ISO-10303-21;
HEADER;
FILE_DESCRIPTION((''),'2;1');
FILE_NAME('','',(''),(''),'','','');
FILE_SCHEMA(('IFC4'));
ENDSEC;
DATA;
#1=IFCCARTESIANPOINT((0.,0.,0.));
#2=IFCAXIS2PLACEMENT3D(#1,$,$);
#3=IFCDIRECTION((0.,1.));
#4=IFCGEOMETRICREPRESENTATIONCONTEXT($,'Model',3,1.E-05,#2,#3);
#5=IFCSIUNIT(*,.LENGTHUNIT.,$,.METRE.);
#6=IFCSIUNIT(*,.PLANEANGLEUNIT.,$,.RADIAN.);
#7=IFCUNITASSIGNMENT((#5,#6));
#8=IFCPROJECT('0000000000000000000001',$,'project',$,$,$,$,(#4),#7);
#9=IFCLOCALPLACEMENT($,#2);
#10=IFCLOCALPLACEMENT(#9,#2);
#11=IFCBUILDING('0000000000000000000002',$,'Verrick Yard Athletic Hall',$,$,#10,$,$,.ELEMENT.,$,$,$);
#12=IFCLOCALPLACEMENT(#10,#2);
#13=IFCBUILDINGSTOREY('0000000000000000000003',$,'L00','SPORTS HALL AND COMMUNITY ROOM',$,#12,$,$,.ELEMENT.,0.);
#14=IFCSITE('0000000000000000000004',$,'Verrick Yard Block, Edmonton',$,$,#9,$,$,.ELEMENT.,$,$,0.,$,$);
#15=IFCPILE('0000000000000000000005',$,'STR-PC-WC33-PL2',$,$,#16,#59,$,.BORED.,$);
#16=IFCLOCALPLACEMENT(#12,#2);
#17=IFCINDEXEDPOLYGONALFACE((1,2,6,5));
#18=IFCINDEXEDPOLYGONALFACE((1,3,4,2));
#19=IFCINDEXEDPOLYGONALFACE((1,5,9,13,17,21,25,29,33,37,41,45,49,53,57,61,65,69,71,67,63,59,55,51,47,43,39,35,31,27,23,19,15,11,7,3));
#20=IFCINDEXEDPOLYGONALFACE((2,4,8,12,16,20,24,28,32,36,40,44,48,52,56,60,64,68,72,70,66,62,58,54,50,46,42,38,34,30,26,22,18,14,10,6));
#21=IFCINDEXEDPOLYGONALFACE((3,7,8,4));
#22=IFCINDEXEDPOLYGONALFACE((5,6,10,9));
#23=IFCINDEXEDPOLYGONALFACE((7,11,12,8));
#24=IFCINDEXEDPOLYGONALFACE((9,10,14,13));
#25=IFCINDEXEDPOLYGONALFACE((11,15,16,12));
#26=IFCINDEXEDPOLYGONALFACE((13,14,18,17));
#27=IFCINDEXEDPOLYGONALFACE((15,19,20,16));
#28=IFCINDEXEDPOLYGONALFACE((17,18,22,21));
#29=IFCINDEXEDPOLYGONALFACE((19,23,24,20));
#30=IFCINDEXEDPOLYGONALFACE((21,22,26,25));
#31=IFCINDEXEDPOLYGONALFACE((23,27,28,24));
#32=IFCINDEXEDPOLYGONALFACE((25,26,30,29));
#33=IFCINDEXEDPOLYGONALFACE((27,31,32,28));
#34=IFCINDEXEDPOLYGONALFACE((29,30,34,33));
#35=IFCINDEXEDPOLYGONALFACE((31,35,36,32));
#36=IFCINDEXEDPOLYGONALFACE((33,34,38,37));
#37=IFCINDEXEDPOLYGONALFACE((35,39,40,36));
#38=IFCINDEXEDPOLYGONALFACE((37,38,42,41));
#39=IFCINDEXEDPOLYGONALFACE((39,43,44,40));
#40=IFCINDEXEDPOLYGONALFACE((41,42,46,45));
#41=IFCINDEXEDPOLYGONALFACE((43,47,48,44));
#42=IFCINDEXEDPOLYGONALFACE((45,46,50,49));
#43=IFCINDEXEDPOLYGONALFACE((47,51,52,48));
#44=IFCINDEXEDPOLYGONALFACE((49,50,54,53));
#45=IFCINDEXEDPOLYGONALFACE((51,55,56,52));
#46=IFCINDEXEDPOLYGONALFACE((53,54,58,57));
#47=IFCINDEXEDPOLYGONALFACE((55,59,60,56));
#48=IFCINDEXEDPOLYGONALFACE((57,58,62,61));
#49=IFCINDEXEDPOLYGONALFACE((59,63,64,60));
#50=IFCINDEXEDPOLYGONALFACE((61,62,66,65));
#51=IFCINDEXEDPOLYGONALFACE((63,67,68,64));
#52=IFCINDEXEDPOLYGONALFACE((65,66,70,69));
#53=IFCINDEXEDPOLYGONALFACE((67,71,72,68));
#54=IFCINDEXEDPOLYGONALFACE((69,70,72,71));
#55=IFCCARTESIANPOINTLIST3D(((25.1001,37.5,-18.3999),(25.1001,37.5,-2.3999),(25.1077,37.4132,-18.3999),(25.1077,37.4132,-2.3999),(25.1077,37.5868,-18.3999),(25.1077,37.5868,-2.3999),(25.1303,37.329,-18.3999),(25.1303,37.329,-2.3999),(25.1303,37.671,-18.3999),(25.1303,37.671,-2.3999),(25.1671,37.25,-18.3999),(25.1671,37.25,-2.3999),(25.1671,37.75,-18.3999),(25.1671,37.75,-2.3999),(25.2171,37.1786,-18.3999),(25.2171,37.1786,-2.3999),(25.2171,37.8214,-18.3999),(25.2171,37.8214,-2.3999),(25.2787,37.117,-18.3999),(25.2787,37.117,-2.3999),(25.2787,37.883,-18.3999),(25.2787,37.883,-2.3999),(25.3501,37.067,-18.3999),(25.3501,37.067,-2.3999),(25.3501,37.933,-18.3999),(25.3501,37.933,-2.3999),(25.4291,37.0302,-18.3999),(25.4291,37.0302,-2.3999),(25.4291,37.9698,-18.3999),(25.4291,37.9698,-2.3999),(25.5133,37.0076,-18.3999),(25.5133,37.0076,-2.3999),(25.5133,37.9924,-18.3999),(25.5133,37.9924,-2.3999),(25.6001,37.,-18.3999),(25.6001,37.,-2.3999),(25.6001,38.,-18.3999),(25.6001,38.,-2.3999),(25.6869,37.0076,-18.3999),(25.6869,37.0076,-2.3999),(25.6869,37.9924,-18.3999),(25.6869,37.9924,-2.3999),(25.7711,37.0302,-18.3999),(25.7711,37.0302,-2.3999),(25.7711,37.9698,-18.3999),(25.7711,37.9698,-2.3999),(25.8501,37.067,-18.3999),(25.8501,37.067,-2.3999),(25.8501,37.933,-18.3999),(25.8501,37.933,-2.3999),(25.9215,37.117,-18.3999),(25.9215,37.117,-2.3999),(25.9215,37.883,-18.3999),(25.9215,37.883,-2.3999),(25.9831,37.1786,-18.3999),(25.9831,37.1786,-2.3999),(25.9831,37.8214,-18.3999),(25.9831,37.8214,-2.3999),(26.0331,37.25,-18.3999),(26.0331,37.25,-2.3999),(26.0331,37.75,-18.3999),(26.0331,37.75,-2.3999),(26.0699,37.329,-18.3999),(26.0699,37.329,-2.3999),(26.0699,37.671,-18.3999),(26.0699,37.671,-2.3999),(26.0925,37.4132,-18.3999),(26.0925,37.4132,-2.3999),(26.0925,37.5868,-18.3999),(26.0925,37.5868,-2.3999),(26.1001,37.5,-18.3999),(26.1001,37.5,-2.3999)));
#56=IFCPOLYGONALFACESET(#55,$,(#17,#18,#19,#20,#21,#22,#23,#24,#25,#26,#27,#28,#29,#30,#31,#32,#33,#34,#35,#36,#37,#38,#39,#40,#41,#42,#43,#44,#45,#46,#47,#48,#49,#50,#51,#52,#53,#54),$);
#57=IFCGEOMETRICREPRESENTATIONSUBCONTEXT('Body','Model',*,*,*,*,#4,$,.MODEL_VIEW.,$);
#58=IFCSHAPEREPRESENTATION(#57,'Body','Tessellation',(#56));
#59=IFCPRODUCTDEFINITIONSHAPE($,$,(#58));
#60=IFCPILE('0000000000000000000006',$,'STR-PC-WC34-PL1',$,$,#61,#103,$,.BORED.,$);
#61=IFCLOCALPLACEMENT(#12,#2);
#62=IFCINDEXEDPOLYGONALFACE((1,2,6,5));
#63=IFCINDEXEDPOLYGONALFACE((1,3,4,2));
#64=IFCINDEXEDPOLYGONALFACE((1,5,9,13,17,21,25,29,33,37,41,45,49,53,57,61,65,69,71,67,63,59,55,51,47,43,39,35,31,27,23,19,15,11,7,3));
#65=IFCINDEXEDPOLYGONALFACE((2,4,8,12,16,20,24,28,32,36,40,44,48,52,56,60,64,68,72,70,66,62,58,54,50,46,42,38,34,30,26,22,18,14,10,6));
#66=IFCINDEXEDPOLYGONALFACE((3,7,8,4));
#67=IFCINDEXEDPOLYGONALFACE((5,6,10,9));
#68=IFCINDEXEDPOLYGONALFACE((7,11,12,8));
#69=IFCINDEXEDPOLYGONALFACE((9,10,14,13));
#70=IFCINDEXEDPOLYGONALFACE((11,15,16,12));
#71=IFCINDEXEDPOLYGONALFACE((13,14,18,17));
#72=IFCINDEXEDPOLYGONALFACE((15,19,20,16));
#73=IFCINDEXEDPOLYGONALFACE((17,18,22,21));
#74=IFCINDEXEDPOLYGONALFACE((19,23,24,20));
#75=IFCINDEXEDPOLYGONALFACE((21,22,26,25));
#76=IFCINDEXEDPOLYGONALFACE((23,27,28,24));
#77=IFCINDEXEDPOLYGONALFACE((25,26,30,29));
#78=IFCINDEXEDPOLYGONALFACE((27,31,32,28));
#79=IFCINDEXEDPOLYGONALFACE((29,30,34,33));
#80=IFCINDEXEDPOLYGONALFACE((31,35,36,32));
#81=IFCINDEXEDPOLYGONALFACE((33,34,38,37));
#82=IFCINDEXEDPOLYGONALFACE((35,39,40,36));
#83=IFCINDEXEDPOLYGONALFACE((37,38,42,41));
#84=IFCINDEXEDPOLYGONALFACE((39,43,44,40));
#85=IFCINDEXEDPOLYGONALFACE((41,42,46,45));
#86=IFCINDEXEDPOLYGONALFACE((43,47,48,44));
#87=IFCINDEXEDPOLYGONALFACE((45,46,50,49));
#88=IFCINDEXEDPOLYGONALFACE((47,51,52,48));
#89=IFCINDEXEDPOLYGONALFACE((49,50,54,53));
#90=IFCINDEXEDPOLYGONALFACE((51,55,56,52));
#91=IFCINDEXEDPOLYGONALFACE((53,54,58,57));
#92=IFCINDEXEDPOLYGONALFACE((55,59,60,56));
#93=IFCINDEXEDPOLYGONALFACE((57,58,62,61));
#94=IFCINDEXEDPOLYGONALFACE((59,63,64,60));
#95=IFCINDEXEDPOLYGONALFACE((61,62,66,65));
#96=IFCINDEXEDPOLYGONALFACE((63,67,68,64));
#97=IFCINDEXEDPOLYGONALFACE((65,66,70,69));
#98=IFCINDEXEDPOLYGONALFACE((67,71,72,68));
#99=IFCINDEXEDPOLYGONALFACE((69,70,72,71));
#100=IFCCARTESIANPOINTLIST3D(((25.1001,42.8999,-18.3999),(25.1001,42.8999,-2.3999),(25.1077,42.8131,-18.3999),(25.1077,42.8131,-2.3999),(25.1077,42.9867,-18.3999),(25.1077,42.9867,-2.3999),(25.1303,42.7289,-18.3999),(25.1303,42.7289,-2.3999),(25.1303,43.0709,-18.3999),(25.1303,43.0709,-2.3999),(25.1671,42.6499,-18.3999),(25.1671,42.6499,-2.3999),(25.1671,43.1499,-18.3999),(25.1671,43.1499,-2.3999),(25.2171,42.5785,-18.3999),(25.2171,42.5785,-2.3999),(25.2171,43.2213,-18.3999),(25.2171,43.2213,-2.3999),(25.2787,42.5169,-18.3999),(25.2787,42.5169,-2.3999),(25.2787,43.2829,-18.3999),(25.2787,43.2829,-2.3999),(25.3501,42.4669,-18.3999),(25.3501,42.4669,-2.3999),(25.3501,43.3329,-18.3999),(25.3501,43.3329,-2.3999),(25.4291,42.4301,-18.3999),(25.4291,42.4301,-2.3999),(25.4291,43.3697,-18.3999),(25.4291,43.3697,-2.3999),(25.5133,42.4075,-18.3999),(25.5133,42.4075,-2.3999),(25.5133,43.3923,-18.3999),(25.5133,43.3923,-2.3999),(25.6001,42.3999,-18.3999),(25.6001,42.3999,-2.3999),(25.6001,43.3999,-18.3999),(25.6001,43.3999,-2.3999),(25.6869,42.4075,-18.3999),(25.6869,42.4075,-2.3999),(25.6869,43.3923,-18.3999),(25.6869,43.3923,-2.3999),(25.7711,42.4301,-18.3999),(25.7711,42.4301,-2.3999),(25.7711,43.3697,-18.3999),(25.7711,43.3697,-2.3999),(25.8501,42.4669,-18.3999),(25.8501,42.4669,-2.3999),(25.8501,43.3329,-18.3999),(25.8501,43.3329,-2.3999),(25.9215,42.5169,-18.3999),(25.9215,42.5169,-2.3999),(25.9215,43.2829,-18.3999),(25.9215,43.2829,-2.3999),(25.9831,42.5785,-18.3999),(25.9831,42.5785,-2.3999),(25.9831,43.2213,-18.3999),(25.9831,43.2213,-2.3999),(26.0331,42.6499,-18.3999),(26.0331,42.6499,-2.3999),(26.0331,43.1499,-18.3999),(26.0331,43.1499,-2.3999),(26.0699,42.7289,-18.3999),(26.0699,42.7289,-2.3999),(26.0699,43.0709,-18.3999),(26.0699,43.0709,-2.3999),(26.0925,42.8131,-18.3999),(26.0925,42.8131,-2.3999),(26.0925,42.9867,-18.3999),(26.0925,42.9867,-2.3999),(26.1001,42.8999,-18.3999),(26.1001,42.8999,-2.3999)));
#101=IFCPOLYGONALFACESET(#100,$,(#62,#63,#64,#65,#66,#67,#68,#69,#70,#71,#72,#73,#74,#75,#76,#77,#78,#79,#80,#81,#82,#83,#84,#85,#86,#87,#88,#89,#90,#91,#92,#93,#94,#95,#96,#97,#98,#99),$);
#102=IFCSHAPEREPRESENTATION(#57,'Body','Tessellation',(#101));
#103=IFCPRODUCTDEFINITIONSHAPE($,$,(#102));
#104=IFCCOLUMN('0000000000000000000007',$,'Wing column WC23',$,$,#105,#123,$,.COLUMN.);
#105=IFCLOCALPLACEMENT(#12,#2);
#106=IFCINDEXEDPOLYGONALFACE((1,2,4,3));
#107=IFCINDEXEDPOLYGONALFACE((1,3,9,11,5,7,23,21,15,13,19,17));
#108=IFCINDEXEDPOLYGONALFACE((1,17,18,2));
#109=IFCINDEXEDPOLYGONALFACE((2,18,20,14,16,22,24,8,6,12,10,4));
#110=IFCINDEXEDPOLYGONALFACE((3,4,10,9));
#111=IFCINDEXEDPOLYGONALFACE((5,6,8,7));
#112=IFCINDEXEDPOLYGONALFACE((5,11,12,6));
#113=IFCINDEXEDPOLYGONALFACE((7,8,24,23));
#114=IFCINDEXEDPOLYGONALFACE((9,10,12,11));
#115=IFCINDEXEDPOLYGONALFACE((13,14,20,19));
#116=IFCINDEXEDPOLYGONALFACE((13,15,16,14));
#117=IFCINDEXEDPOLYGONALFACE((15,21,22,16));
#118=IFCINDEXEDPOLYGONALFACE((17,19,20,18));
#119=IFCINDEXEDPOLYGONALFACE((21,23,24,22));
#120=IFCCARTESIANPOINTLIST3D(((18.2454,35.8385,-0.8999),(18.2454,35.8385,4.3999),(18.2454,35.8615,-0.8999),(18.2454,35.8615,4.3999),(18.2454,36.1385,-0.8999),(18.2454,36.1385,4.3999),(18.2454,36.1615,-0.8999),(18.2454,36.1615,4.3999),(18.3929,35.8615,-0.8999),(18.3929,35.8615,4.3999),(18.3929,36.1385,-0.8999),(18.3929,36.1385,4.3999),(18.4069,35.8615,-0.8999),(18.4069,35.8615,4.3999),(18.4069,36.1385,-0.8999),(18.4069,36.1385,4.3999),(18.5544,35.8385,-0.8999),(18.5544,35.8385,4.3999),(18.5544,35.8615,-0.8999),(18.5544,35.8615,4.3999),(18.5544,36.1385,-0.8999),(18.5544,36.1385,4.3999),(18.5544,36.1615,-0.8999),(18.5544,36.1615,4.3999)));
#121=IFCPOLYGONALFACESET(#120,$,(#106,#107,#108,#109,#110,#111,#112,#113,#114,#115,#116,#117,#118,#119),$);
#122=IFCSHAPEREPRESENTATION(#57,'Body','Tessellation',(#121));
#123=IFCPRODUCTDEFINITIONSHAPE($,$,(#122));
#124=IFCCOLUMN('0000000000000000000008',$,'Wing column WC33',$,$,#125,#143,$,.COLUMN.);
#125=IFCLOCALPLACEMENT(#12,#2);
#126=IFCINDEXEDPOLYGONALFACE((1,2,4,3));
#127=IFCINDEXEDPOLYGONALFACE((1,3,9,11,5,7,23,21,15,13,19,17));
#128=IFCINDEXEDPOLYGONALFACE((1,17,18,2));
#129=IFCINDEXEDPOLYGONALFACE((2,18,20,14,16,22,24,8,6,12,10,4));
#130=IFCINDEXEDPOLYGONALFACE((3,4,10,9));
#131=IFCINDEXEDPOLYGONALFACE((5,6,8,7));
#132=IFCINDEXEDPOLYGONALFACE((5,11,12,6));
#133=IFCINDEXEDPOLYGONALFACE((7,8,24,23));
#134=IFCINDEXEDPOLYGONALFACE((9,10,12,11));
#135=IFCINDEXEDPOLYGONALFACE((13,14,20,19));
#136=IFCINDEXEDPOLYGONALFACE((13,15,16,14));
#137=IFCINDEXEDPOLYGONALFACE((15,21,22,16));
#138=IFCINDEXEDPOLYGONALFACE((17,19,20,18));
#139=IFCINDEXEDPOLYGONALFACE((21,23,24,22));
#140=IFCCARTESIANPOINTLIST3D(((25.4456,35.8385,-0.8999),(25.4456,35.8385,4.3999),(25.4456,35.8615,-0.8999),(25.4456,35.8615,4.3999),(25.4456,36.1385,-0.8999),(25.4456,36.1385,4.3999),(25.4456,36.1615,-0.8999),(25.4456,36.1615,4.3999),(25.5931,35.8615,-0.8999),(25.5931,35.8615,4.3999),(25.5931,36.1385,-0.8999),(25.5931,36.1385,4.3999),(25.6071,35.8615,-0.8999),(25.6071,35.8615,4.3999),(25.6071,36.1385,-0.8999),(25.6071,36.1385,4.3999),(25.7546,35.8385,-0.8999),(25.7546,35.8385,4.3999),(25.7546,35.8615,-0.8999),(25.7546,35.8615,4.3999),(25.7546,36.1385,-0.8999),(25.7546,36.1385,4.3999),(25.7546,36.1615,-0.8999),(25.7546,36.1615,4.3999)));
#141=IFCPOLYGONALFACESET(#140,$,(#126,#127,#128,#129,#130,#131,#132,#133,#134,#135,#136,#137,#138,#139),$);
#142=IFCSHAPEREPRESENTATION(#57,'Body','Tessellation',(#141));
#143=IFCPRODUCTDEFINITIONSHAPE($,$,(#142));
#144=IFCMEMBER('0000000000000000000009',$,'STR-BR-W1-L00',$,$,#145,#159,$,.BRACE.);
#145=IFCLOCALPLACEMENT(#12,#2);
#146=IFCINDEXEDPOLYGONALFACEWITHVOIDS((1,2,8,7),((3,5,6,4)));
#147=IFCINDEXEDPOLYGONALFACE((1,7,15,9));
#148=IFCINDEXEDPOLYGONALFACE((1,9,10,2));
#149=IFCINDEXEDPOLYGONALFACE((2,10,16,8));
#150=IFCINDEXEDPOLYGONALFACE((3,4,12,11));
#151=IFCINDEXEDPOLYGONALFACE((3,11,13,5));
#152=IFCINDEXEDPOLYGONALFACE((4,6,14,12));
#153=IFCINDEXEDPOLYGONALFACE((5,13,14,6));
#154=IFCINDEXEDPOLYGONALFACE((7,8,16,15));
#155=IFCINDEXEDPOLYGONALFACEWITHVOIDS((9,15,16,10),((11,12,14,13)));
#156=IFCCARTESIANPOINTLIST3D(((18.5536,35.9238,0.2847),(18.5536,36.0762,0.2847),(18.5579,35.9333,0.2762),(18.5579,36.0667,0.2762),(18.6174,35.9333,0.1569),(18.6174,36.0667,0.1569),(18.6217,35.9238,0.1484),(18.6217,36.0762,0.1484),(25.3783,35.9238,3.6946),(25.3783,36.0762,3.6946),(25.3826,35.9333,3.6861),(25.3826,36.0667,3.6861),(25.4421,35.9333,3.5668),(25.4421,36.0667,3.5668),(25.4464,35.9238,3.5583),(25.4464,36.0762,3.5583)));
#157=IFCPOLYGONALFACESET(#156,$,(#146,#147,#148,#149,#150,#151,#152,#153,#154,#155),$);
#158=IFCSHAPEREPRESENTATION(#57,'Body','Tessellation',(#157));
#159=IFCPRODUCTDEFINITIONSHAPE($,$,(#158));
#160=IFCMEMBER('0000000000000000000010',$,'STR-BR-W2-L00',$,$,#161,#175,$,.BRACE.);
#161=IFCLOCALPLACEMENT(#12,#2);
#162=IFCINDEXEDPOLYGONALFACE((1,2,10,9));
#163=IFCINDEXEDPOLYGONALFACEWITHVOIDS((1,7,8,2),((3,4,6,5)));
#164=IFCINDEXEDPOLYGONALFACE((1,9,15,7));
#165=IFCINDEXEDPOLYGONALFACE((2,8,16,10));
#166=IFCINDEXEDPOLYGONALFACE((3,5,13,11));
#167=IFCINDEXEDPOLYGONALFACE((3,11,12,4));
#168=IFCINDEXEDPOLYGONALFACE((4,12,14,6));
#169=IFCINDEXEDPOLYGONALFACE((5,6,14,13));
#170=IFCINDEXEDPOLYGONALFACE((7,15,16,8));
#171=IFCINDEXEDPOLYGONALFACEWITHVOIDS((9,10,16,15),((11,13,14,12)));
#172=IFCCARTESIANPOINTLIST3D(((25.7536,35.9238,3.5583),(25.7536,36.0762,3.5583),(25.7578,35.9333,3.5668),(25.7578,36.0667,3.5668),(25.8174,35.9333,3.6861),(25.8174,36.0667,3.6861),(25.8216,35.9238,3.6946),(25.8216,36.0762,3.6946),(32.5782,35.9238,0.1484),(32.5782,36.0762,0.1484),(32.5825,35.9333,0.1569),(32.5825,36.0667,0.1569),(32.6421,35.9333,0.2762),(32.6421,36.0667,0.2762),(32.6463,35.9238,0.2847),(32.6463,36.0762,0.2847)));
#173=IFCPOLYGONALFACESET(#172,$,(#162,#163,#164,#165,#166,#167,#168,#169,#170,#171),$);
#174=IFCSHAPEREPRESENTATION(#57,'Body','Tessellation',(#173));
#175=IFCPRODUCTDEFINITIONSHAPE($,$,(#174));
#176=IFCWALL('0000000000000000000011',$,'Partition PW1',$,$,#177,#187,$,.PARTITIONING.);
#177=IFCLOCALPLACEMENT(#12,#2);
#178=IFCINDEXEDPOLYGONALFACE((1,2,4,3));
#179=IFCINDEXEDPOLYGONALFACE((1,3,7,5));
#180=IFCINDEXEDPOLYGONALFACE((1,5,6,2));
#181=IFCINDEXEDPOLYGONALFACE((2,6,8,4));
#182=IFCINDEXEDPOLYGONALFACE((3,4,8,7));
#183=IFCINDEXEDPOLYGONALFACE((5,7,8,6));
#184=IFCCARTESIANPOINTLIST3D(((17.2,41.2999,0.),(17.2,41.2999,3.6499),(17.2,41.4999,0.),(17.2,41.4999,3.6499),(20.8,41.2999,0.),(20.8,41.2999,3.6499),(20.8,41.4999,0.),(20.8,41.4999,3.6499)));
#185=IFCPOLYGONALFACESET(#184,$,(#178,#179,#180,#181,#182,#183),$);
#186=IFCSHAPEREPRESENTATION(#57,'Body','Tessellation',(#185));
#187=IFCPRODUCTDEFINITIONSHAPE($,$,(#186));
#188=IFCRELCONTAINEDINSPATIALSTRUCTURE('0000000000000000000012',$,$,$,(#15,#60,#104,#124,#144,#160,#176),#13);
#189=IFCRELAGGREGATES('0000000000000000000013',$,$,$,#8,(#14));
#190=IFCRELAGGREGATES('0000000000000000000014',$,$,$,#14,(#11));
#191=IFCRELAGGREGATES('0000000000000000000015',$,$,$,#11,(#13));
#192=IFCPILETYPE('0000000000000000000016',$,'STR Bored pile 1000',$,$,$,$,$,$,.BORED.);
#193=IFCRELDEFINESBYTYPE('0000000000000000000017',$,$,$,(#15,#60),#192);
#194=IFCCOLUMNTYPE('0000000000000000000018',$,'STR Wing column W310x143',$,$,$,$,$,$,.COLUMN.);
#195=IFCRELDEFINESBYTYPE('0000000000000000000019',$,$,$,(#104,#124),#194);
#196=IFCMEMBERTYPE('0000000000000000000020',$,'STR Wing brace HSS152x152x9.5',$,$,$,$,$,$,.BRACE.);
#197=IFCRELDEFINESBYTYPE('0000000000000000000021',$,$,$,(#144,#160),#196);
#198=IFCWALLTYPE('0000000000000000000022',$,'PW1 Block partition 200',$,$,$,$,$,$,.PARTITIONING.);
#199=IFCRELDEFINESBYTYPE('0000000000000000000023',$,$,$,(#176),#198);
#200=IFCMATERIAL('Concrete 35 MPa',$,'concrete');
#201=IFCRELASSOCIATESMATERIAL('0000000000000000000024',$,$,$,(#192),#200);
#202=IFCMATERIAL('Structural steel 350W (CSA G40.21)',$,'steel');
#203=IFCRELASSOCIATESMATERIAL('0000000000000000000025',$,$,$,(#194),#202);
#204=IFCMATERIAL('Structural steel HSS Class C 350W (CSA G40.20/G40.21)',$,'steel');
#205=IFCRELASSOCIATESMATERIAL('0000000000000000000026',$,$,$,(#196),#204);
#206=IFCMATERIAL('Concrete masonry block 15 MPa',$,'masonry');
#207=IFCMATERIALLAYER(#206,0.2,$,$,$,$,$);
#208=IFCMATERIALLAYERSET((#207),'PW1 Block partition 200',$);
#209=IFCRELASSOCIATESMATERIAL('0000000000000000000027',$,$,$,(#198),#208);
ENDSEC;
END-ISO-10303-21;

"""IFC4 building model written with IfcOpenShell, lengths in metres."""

from ifc_helpers import new_model, si_unit, direction, frame, frame_2d, origin, origin_2d, place, context, subcontext, project, spatial, rectangle, hollow_rectangle, circle, i_section, extrude, material, layer, layer_set, material_profile, profile_set, type_object, element, save


model = new_model("IFC4")

# Units and contexts
model_context = context("Model", 3, precision=1e-05, world=origin(), true_north=direction((0.0, 1.0)))
body_context = subcontext(model_context, "Body", "Model", "MODEL_VIEW")
ifc_project = project(units=[si_unit("LENGTHUNIT", "METRE"), si_unit("PLANEANGLEUNIT", "RADIAN")], contexts=[model_context])

# Site, building, storey
site_placement = place(None, origin())
site = spatial("IfcSite", under=ifc_project, at=site_placement, Name="Verrick Yard Block, Edmonton", CompositionType="ELEMENT", RefElevation=0.0)
building_placement = place(site_placement, origin())
building = spatial("IfcBuilding", under=site, at=building_placement, Name="Verrick Yard Athletic Hall", CompositionType="ELEMENT")
storey_placement = place(building_placement, origin())
storey = spatial("IfcBuildingStorey", under=building, at=storey_placement, Name="L00", Description="SPORTS HALL AND COMMUNITY ROOM", CompositionType="ELEMENT", Elevation=0.0)

# Piles
ifc_material_1 = material(Name="Concrete 35 MPa", Category="concrete")
pile_type = type_object("IfcPileType", Name="STR Bored pile 1000", PredefinedType="BORED", material=ifc_material_1)
for number, where, z_axis, x_axis, name in (
    (1, (25.6001, 37.5, -2.3999), (0.0, 0.0, -1.0), (1.0, 0.0, 0.0), "STR-PC-WC33-PL2"),
    (2, (25.6001, 42.8999, -2.3999), (0.0, 0.0, -1.0), (1.0, 0.0, 0.0), "STR-PC-WC34-PL1"),
):
    element("IfcPile", number, at=place(storey_placement, frame(where, z_axis=z_axis, x_axis=x_axis)), inside=storey, type_object=pile_type, Name=name, PredefinedType="BORED", context=body_context, shape_type="SweptSolid", body=[
        extrude(circle(Radius=0.5, at=origin_2d()), origin(), (0.0, 0.0, 1.0), 16.0),
    ])

# Columns
ifc_material_2 = material(Name="Structural steel 350W (CSA G40.21)", Category="steel")
ifc_material_profile_1 = material_profile(ifc_material_2, i_section(OverallWidth=0.3091, OverallDepth=0.323, WebThickness=0.0139, FlangeThickness=0.0229, at=origin_2d()), Name="W310x143")
ifc_profile_set_1 = profile_set([ifc_material_profile_1], Name="Structural steel 350W (CSA G40.21)")
column_type = type_object("IfcColumnType", Name="STR Wing column W310x143", PredefinedType="COLUMN", material=ifc_profile_set_1)
for number, where, z_axis, x_axis, name in (
    (3, (18.3999, 36.0, -0.8999), (0.0, 0.0, 1.0), (1.0, 0.0, 0.0), "Wing column WC23"),
    (4, (25.6001, 36.0, -0.8999), (0.0, 0.0, 1.0), (1.0, 0.0, 0.0), "Wing column WC33"),
):
    element("IfcColumn", number, at=place(storey_placement, frame(where, z_axis=z_axis, x_axis=x_axis)), inside=storey, type_object=column_type, Name=name, PredefinedType="COLUMN", context=body_context, shape_type="SweptSolid", body=[
        extrude(i_section(OverallWidth=0.3091, OverallDepth=0.323, WebThickness=0.0139, FlangeThickness=0.0229, at=origin_2d()), origin(), (0.0, 0.0, 1.0), 5.2998),
    ])

# Members
ifc_material_3 = material(Name="Structural steel HSS Class C 350W (CSA G40.20/G40.21)", Category="steel")
ifc_material_profile_2 = material_profile(ifc_material_3, hollow_rectangle(XDim=0.1523, YDim=0.1523, WallThickness=0.0095, at=origin_2d()), Name="HSS152x152x9.5")
ifc_profile_set_2 = profile_set([ifc_material_profile_2], Name="Structural steel HSS Class C 350W (CSA G40.20/G40.21)")
member_type = type_object("IfcMemberType", Name="STR Wing brace HSS152x152x9.5", PredefinedType="BRACE", material=ifc_profile_set_2)
for number, where, z_axis, x_axis, name in (
    (5, (18.5876, 36.0, 0.2166), (0.894555, 0.0, 0.446958), (0.0, 1.0, 0.0), "STR-BR-W1-L00"),
    (6, (25.7876, 36.0, 3.6265), (0.894555, 0.0, -0.446958), (0.0, 1.0, 0.0), "STR-BR-W2-L00"),
):
    element("IfcMember", number, at=place(storey_placement, frame(where, z_axis=z_axis, x_axis=x_axis)), inside=storey, type_object=member_type, Name=name, PredefinedType="BRACE", context=body_context, shape_type="SweptSolid", body=[
        extrude(hollow_rectangle(XDim=0.1523, YDim=0.1523, WallThickness=0.0095, at=origin_2d()), origin(), (0.0, 0.0, 1.0), 7.6292),
    ])

# Wall
ifc_material_4 = material(Name="Concrete masonry block 15 MPa", Category="masonry")
ifc_layer_1 = layer(ifc_material_4, 0.2)
ifc_layer_set_1 = layer_set([ifc_layer_1], Name="PW1 Block partition 200")
wall_type_1 = type_object("IfcWallType", Name="PW1 Block partition 200", PredefinedType="PARTITIONING", material=ifc_layer_set_1)
wall_1_placement = place(storey_placement, frame((17.2, 41.3999, 0.0), z_axis=(0.0, 0.0, 1.0), x_axis=(1.0, 0.0, 0.0)))
element("IfcWall", 7, at=wall_1_placement, inside=storey, type_object=wall_type_1, Name="Partition PW1", PredefinedType="PARTITIONING", context=body_context, shape_type="SweptSolid", body=[
    extrude(rectangle(XDim=3.6001, YDim=0.2, at=frame_2d((1.8, 0.0))), origin(), (0.0, 0.0, 1.0), 3.6499),
])

save(model, "model.ifc")
